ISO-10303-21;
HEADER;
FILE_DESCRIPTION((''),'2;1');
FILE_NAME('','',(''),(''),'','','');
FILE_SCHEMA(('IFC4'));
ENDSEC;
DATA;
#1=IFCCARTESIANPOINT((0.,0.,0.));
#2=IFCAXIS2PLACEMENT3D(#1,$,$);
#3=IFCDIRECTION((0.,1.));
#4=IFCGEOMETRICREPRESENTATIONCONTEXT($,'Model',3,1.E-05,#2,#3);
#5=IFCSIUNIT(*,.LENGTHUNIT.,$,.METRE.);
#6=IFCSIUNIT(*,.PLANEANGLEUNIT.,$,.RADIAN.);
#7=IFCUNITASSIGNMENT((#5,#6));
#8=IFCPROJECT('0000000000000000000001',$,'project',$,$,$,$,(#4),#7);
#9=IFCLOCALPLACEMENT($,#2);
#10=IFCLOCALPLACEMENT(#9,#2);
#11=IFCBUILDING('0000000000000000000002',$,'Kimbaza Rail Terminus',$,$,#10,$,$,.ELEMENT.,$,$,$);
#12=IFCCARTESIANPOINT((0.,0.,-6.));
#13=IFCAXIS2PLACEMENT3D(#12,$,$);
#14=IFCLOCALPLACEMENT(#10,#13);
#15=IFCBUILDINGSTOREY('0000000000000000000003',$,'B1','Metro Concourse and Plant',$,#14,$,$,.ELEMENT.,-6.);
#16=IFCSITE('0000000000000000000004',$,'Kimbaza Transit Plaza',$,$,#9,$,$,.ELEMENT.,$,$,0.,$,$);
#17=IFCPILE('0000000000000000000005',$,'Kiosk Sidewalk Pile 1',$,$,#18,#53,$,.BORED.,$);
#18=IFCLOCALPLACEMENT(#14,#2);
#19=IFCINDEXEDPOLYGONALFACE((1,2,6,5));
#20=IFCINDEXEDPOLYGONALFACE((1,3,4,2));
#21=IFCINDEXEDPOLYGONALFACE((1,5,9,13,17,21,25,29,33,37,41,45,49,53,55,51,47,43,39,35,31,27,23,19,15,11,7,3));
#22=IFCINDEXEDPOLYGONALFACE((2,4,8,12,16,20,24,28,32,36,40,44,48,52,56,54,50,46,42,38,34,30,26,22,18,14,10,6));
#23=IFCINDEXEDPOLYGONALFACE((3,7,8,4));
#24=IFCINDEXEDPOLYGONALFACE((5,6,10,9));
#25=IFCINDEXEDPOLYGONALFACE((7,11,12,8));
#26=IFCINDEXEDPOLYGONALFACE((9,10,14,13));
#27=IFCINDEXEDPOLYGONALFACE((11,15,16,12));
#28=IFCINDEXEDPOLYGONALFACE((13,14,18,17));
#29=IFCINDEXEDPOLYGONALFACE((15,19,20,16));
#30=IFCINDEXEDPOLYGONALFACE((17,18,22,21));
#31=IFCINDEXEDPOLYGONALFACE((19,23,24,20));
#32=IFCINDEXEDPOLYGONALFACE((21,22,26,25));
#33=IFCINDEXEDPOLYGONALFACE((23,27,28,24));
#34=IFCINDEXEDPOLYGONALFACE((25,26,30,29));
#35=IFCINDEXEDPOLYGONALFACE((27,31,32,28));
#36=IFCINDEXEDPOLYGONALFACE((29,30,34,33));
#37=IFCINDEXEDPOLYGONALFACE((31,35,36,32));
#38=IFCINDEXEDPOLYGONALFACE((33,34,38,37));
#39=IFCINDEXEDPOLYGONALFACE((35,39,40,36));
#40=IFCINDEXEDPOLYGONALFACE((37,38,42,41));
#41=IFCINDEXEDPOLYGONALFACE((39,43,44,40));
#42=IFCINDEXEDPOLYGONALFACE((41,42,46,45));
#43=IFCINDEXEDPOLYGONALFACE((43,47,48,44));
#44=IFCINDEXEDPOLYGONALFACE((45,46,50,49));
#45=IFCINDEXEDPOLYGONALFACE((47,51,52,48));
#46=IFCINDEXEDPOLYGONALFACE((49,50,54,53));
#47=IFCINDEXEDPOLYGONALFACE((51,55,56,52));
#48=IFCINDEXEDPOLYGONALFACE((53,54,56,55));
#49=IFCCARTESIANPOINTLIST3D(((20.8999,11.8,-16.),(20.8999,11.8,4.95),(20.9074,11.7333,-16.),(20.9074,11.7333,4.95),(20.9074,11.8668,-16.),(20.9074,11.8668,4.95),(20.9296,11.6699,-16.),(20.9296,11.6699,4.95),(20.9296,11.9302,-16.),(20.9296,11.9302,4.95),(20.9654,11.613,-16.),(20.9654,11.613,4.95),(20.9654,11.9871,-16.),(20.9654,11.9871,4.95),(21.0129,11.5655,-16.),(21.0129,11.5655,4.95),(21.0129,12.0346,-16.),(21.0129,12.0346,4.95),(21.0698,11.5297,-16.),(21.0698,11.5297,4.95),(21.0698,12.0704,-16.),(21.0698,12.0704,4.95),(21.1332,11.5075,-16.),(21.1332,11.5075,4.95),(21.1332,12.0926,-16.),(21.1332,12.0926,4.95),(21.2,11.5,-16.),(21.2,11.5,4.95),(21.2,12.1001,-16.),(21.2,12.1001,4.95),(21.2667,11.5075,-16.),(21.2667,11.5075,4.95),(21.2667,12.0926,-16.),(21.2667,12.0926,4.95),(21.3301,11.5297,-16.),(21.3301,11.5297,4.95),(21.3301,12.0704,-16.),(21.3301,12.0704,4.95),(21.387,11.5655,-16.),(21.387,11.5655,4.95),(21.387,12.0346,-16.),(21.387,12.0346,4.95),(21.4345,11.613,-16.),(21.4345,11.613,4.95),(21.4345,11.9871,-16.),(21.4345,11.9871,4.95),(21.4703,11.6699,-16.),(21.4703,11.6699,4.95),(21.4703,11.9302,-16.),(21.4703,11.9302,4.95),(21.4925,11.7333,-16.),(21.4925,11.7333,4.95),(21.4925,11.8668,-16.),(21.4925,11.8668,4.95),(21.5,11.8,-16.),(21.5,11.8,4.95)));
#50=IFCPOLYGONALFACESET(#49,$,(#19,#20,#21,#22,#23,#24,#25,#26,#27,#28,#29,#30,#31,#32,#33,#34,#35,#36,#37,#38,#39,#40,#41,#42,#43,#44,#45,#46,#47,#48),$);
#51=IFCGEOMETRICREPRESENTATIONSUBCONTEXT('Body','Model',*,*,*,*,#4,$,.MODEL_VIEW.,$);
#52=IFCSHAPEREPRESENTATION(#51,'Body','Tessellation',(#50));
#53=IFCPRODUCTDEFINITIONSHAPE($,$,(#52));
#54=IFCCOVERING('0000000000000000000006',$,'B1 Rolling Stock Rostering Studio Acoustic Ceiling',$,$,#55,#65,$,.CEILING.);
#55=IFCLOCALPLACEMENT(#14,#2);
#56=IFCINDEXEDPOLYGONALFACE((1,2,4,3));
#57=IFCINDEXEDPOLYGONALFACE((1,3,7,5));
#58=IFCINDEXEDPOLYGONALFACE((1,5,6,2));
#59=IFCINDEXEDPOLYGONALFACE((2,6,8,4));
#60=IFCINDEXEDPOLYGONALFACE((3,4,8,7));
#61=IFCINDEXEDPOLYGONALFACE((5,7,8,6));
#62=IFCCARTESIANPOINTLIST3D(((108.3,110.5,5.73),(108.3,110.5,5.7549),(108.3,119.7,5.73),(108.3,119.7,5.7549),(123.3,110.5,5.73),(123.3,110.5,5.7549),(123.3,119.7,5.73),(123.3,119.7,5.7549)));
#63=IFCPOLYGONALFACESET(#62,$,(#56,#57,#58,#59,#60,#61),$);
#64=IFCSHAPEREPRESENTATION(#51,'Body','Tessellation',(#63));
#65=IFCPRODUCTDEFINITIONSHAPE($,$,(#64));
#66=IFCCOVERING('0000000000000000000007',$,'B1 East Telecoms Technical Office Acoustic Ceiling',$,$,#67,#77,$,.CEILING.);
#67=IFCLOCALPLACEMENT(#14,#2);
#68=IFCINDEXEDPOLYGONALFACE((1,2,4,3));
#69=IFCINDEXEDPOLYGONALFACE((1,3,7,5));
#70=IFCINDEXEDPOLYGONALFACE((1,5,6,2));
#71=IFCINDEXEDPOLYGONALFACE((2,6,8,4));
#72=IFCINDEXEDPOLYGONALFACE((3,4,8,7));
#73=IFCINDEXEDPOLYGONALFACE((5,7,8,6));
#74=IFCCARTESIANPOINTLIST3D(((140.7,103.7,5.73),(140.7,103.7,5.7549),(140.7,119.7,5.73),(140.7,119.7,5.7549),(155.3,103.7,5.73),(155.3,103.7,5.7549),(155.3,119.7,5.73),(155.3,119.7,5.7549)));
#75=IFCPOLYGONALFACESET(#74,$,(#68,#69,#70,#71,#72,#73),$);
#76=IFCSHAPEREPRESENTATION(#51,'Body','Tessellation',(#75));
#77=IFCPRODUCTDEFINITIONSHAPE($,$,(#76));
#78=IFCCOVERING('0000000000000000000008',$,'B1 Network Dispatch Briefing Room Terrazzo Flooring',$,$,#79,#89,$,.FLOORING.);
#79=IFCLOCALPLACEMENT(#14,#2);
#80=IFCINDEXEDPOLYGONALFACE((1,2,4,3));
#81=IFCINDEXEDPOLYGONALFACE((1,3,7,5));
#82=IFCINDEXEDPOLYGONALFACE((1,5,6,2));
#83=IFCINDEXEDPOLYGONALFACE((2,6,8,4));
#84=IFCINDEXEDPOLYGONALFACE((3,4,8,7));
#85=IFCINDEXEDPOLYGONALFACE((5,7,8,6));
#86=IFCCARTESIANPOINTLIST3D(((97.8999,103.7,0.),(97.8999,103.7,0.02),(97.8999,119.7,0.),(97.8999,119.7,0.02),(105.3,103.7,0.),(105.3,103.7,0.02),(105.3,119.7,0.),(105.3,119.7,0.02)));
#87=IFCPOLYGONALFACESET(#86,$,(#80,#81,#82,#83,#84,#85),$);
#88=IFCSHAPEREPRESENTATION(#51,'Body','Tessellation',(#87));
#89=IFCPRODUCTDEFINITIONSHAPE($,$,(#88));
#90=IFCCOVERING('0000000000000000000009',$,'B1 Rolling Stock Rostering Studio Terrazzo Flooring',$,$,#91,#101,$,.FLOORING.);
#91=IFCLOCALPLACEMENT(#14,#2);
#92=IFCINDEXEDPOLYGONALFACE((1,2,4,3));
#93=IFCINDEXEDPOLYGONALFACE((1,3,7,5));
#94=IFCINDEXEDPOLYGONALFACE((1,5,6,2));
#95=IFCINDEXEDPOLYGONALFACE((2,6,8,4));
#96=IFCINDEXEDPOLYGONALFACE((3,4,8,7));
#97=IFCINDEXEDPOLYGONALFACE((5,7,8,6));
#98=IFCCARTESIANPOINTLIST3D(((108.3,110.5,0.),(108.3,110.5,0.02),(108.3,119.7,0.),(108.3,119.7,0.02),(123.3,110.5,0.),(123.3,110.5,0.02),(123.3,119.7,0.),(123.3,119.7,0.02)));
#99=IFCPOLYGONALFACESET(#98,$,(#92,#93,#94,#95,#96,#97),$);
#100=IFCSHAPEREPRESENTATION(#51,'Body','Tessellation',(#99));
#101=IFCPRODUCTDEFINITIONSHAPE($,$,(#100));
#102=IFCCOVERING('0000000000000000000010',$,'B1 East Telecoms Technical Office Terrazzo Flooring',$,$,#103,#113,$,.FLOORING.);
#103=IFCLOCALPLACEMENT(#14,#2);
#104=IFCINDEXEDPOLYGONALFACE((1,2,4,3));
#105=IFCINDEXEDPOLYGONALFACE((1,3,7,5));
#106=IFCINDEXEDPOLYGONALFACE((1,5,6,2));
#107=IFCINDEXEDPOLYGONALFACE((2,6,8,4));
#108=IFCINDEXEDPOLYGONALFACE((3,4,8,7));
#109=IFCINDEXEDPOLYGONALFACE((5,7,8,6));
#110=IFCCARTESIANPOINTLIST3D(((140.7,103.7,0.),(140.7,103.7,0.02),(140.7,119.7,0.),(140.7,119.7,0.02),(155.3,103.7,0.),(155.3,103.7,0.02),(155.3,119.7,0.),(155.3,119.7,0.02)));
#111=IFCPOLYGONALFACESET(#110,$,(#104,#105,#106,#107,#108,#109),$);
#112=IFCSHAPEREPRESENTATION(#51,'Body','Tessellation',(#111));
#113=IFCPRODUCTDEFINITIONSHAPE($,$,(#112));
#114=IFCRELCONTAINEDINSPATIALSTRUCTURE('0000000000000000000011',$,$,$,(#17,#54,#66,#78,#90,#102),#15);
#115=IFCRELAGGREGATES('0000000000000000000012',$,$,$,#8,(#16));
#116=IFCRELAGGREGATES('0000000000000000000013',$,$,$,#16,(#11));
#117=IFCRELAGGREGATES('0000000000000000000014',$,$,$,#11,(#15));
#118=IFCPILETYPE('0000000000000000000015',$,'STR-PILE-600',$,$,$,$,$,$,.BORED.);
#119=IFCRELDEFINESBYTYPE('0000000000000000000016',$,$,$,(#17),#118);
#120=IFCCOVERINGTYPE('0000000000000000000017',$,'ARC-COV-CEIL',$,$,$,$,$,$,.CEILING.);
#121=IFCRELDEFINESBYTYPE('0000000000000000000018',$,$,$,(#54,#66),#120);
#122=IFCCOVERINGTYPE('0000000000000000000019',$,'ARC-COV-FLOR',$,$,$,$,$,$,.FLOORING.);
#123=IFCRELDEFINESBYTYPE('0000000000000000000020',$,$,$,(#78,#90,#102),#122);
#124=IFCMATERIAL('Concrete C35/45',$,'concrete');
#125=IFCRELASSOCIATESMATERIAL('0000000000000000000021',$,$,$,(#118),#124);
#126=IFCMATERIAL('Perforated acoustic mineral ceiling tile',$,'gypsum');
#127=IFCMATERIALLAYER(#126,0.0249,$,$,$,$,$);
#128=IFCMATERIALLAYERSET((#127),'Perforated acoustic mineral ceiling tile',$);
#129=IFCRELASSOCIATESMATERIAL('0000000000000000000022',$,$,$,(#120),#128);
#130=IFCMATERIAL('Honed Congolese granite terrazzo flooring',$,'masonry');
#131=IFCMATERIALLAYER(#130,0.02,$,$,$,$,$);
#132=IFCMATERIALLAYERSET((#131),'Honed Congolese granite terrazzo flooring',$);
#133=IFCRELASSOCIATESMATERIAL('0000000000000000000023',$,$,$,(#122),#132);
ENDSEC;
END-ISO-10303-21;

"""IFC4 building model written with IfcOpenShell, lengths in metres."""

from ifc_helpers import new_model, si_unit, direction, frame, origin, origin_2d, place, context, subcontext, project, spatial, polyline, circle, outline, extrude, material, layer, layer_set, material_profile, profile_set, type_object, element, save


model = new_model("IFC4")

# Units and contexts
model_context = context("Model", 3, precision=1e-05, world=origin(), true_north=direction((0.0, 1.0)))
body_context = subcontext(model_context, "Body", "Model", "MODEL_VIEW")
ifc_project = project(units=[si_unit("LENGTHUNIT", "METRE"), si_unit("PLANEANGLEUNIT", "RADIAN")], contexts=[model_context])

# Site, building, storey
site_placement = place(None, origin())
site = spatial("IfcSite", under=ifc_project, at=site_placement, Name="Kimbaza Transit Plaza", CompositionType="ELEMENT", RefElevation=0.0)
building_placement = place(site_placement, origin())
building = spatial("IfcBuilding", under=site, at=building_placement, Name="Kimbaza Rail Terminus", CompositionType="ELEMENT")
storey_placement = place(building_placement, frame((0.0, 0.0, -6.0)))
storey = spatial("IfcBuildingStorey", under=building, at=storey_placement, Name="B1", Description="Metro Concourse and Plant", CompositionType="ELEMENT", Elevation=-6.0)

# Pile
ifc_material_1 = material(Name="Concrete C35/45", Category="concrete")
ifc_material_profile_1 = material_profile(ifc_material_1, circle(Radius=0.3, at=origin_2d()), Name="BORED PILE 600")
ifc_profile_set_1 = profile_set([ifc_material_profile_1], Name="Concrete C35/45")
pile_type = type_object("IfcPileType", Name="STR-PILE-600", PredefinedType="BORED", material=ifc_profile_set_1)
pile_placement = place(storey_placement, frame((21.2, 11.8, 4.95), z_axis=(0.0, 0.0, -1.0), x_axis=(1.0, 0.0, 0.0)))
element("IfcPile", 1, at=pile_placement, inside=storey, type_object=pile_type, Name="Kiosk Sidewalk Pile 1", PredefinedType="BORED", context=body_context, shape_type="SweptSolid", body=[
    extrude(circle(Radius=0.3, at=origin_2d()), origin(), (0.0, 0.0, 1.0), 20.95),
])

# Coverings
ifc_material_2 = material(Name="Perforated acoustic mineral ceiling tile", Category="gypsum")
ifc_layer_1 = layer(ifc_material_2, 0.0249)
ifc_layer_set_1 = layer_set([ifc_layer_1], Name="Perforated acoustic mineral ceiling tile")
covering_type_1 = type_object("IfcCoveringType", Name="ARC-COV-CEIL", PredefinedType="CEILING", material=ifc_layer_set_1)
covering_1_placement = place(storey_placement, frame((0.0, 0.0, 5.73)))
element("IfcCovering", 2, at=covering_1_placement, inside=storey, type_object=covering_type_1, Name="B1 Rolling Stock Rostering Studio Acoustic Ceiling", PredefinedType="CEILING", context=body_context, shape_type="SweptSolid", body=[
    extrude(outline(polyline([(108.3, 110.5), (123.3, 110.5), (123.3, 119.7), (108.3, 119.7), (108.3, 110.5)])), origin(), (0.0, 0.0, 1.0), 0.0249),
])
covering_2_placement = place(storey_placement, frame((0.0, 0.0, 5.73)))
element("IfcCovering", 3, at=covering_2_placement, inside=storey, type_object=covering_type_1, Name="B1 East Telecoms Technical Office Acoustic Ceiling", PredefinedType="CEILING", context=body_context, shape_type="SweptSolid", body=[
    extrude(outline(polyline([(140.7, 103.7), (155.3, 103.7), (155.3, 119.7), (140.7, 119.7), (140.7, 103.7)])), origin(), (0.0, 0.0, 1.0), 0.0249),
])
ifc_material_3 = material(Name="Honed Congolese granite terrazzo flooring", Category="masonry")
ifc_layer_2 = layer(ifc_material_3, 0.02)
ifc_layer_set_2 = layer_set([ifc_layer_2], Name="Honed Congolese granite terrazzo flooring")
covering_type_2 = type_object("IfcCoveringType", Name="ARC-COV-FLOR", PredefinedType="FLOORING", material=ifc_layer_set_2)
covering_3_placement = place(storey_placement, origin())
element("IfcCovering", 4, at=covering_3_placement, inside=storey, type_object=covering_type_2, Name="B1 Network Dispatch Briefing Room Terrazzo Flooring", PredefinedType="FLOORING", context=body_context, shape_type="SweptSolid", body=[
    extrude(outline(polyline([(97.8999, 103.7), (105.3, 103.7), (105.3, 119.7), (97.8999, 119.7), (97.8999, 103.7)])), origin(), (0.0, 0.0, 1.0), 0.02),
])
covering_4_placement = place(storey_placement, origin())
element("IfcCovering", 5, at=covering_4_placement, inside=storey, type_object=covering_type_2, Name="B1 Rolling Stock Rostering Studio Terrazzo Flooring", PredefinedType="FLOORING", context=body_context, shape_type="SweptSolid", body=[
    extrude(outline(polyline([(108.3, 110.5), (123.3, 110.5), (123.3, 119.7), (108.3, 119.7), (108.3, 110.5)])), origin(), (0.0, 0.0, 1.0), 0.02),
])
covering_5_placement = place(storey_placement, origin())
element("IfcCovering", 6, at=covering_5_placement, inside=storey, type_object=covering_type_2, Name="B1 East Telecoms Technical Office Terrazzo Flooring", PredefinedType="FLOORING", context=body_context, shape_type="SweptSolid", body=[
    extrude(outline(polyline([(140.7, 103.7), (155.3, 103.7), (155.3, 119.7), (140.7, 119.7), (140.7, 103.7)])), origin(), (0.0, 0.0, 1.0), 0.02),
])

save(model, "model.ifc")
